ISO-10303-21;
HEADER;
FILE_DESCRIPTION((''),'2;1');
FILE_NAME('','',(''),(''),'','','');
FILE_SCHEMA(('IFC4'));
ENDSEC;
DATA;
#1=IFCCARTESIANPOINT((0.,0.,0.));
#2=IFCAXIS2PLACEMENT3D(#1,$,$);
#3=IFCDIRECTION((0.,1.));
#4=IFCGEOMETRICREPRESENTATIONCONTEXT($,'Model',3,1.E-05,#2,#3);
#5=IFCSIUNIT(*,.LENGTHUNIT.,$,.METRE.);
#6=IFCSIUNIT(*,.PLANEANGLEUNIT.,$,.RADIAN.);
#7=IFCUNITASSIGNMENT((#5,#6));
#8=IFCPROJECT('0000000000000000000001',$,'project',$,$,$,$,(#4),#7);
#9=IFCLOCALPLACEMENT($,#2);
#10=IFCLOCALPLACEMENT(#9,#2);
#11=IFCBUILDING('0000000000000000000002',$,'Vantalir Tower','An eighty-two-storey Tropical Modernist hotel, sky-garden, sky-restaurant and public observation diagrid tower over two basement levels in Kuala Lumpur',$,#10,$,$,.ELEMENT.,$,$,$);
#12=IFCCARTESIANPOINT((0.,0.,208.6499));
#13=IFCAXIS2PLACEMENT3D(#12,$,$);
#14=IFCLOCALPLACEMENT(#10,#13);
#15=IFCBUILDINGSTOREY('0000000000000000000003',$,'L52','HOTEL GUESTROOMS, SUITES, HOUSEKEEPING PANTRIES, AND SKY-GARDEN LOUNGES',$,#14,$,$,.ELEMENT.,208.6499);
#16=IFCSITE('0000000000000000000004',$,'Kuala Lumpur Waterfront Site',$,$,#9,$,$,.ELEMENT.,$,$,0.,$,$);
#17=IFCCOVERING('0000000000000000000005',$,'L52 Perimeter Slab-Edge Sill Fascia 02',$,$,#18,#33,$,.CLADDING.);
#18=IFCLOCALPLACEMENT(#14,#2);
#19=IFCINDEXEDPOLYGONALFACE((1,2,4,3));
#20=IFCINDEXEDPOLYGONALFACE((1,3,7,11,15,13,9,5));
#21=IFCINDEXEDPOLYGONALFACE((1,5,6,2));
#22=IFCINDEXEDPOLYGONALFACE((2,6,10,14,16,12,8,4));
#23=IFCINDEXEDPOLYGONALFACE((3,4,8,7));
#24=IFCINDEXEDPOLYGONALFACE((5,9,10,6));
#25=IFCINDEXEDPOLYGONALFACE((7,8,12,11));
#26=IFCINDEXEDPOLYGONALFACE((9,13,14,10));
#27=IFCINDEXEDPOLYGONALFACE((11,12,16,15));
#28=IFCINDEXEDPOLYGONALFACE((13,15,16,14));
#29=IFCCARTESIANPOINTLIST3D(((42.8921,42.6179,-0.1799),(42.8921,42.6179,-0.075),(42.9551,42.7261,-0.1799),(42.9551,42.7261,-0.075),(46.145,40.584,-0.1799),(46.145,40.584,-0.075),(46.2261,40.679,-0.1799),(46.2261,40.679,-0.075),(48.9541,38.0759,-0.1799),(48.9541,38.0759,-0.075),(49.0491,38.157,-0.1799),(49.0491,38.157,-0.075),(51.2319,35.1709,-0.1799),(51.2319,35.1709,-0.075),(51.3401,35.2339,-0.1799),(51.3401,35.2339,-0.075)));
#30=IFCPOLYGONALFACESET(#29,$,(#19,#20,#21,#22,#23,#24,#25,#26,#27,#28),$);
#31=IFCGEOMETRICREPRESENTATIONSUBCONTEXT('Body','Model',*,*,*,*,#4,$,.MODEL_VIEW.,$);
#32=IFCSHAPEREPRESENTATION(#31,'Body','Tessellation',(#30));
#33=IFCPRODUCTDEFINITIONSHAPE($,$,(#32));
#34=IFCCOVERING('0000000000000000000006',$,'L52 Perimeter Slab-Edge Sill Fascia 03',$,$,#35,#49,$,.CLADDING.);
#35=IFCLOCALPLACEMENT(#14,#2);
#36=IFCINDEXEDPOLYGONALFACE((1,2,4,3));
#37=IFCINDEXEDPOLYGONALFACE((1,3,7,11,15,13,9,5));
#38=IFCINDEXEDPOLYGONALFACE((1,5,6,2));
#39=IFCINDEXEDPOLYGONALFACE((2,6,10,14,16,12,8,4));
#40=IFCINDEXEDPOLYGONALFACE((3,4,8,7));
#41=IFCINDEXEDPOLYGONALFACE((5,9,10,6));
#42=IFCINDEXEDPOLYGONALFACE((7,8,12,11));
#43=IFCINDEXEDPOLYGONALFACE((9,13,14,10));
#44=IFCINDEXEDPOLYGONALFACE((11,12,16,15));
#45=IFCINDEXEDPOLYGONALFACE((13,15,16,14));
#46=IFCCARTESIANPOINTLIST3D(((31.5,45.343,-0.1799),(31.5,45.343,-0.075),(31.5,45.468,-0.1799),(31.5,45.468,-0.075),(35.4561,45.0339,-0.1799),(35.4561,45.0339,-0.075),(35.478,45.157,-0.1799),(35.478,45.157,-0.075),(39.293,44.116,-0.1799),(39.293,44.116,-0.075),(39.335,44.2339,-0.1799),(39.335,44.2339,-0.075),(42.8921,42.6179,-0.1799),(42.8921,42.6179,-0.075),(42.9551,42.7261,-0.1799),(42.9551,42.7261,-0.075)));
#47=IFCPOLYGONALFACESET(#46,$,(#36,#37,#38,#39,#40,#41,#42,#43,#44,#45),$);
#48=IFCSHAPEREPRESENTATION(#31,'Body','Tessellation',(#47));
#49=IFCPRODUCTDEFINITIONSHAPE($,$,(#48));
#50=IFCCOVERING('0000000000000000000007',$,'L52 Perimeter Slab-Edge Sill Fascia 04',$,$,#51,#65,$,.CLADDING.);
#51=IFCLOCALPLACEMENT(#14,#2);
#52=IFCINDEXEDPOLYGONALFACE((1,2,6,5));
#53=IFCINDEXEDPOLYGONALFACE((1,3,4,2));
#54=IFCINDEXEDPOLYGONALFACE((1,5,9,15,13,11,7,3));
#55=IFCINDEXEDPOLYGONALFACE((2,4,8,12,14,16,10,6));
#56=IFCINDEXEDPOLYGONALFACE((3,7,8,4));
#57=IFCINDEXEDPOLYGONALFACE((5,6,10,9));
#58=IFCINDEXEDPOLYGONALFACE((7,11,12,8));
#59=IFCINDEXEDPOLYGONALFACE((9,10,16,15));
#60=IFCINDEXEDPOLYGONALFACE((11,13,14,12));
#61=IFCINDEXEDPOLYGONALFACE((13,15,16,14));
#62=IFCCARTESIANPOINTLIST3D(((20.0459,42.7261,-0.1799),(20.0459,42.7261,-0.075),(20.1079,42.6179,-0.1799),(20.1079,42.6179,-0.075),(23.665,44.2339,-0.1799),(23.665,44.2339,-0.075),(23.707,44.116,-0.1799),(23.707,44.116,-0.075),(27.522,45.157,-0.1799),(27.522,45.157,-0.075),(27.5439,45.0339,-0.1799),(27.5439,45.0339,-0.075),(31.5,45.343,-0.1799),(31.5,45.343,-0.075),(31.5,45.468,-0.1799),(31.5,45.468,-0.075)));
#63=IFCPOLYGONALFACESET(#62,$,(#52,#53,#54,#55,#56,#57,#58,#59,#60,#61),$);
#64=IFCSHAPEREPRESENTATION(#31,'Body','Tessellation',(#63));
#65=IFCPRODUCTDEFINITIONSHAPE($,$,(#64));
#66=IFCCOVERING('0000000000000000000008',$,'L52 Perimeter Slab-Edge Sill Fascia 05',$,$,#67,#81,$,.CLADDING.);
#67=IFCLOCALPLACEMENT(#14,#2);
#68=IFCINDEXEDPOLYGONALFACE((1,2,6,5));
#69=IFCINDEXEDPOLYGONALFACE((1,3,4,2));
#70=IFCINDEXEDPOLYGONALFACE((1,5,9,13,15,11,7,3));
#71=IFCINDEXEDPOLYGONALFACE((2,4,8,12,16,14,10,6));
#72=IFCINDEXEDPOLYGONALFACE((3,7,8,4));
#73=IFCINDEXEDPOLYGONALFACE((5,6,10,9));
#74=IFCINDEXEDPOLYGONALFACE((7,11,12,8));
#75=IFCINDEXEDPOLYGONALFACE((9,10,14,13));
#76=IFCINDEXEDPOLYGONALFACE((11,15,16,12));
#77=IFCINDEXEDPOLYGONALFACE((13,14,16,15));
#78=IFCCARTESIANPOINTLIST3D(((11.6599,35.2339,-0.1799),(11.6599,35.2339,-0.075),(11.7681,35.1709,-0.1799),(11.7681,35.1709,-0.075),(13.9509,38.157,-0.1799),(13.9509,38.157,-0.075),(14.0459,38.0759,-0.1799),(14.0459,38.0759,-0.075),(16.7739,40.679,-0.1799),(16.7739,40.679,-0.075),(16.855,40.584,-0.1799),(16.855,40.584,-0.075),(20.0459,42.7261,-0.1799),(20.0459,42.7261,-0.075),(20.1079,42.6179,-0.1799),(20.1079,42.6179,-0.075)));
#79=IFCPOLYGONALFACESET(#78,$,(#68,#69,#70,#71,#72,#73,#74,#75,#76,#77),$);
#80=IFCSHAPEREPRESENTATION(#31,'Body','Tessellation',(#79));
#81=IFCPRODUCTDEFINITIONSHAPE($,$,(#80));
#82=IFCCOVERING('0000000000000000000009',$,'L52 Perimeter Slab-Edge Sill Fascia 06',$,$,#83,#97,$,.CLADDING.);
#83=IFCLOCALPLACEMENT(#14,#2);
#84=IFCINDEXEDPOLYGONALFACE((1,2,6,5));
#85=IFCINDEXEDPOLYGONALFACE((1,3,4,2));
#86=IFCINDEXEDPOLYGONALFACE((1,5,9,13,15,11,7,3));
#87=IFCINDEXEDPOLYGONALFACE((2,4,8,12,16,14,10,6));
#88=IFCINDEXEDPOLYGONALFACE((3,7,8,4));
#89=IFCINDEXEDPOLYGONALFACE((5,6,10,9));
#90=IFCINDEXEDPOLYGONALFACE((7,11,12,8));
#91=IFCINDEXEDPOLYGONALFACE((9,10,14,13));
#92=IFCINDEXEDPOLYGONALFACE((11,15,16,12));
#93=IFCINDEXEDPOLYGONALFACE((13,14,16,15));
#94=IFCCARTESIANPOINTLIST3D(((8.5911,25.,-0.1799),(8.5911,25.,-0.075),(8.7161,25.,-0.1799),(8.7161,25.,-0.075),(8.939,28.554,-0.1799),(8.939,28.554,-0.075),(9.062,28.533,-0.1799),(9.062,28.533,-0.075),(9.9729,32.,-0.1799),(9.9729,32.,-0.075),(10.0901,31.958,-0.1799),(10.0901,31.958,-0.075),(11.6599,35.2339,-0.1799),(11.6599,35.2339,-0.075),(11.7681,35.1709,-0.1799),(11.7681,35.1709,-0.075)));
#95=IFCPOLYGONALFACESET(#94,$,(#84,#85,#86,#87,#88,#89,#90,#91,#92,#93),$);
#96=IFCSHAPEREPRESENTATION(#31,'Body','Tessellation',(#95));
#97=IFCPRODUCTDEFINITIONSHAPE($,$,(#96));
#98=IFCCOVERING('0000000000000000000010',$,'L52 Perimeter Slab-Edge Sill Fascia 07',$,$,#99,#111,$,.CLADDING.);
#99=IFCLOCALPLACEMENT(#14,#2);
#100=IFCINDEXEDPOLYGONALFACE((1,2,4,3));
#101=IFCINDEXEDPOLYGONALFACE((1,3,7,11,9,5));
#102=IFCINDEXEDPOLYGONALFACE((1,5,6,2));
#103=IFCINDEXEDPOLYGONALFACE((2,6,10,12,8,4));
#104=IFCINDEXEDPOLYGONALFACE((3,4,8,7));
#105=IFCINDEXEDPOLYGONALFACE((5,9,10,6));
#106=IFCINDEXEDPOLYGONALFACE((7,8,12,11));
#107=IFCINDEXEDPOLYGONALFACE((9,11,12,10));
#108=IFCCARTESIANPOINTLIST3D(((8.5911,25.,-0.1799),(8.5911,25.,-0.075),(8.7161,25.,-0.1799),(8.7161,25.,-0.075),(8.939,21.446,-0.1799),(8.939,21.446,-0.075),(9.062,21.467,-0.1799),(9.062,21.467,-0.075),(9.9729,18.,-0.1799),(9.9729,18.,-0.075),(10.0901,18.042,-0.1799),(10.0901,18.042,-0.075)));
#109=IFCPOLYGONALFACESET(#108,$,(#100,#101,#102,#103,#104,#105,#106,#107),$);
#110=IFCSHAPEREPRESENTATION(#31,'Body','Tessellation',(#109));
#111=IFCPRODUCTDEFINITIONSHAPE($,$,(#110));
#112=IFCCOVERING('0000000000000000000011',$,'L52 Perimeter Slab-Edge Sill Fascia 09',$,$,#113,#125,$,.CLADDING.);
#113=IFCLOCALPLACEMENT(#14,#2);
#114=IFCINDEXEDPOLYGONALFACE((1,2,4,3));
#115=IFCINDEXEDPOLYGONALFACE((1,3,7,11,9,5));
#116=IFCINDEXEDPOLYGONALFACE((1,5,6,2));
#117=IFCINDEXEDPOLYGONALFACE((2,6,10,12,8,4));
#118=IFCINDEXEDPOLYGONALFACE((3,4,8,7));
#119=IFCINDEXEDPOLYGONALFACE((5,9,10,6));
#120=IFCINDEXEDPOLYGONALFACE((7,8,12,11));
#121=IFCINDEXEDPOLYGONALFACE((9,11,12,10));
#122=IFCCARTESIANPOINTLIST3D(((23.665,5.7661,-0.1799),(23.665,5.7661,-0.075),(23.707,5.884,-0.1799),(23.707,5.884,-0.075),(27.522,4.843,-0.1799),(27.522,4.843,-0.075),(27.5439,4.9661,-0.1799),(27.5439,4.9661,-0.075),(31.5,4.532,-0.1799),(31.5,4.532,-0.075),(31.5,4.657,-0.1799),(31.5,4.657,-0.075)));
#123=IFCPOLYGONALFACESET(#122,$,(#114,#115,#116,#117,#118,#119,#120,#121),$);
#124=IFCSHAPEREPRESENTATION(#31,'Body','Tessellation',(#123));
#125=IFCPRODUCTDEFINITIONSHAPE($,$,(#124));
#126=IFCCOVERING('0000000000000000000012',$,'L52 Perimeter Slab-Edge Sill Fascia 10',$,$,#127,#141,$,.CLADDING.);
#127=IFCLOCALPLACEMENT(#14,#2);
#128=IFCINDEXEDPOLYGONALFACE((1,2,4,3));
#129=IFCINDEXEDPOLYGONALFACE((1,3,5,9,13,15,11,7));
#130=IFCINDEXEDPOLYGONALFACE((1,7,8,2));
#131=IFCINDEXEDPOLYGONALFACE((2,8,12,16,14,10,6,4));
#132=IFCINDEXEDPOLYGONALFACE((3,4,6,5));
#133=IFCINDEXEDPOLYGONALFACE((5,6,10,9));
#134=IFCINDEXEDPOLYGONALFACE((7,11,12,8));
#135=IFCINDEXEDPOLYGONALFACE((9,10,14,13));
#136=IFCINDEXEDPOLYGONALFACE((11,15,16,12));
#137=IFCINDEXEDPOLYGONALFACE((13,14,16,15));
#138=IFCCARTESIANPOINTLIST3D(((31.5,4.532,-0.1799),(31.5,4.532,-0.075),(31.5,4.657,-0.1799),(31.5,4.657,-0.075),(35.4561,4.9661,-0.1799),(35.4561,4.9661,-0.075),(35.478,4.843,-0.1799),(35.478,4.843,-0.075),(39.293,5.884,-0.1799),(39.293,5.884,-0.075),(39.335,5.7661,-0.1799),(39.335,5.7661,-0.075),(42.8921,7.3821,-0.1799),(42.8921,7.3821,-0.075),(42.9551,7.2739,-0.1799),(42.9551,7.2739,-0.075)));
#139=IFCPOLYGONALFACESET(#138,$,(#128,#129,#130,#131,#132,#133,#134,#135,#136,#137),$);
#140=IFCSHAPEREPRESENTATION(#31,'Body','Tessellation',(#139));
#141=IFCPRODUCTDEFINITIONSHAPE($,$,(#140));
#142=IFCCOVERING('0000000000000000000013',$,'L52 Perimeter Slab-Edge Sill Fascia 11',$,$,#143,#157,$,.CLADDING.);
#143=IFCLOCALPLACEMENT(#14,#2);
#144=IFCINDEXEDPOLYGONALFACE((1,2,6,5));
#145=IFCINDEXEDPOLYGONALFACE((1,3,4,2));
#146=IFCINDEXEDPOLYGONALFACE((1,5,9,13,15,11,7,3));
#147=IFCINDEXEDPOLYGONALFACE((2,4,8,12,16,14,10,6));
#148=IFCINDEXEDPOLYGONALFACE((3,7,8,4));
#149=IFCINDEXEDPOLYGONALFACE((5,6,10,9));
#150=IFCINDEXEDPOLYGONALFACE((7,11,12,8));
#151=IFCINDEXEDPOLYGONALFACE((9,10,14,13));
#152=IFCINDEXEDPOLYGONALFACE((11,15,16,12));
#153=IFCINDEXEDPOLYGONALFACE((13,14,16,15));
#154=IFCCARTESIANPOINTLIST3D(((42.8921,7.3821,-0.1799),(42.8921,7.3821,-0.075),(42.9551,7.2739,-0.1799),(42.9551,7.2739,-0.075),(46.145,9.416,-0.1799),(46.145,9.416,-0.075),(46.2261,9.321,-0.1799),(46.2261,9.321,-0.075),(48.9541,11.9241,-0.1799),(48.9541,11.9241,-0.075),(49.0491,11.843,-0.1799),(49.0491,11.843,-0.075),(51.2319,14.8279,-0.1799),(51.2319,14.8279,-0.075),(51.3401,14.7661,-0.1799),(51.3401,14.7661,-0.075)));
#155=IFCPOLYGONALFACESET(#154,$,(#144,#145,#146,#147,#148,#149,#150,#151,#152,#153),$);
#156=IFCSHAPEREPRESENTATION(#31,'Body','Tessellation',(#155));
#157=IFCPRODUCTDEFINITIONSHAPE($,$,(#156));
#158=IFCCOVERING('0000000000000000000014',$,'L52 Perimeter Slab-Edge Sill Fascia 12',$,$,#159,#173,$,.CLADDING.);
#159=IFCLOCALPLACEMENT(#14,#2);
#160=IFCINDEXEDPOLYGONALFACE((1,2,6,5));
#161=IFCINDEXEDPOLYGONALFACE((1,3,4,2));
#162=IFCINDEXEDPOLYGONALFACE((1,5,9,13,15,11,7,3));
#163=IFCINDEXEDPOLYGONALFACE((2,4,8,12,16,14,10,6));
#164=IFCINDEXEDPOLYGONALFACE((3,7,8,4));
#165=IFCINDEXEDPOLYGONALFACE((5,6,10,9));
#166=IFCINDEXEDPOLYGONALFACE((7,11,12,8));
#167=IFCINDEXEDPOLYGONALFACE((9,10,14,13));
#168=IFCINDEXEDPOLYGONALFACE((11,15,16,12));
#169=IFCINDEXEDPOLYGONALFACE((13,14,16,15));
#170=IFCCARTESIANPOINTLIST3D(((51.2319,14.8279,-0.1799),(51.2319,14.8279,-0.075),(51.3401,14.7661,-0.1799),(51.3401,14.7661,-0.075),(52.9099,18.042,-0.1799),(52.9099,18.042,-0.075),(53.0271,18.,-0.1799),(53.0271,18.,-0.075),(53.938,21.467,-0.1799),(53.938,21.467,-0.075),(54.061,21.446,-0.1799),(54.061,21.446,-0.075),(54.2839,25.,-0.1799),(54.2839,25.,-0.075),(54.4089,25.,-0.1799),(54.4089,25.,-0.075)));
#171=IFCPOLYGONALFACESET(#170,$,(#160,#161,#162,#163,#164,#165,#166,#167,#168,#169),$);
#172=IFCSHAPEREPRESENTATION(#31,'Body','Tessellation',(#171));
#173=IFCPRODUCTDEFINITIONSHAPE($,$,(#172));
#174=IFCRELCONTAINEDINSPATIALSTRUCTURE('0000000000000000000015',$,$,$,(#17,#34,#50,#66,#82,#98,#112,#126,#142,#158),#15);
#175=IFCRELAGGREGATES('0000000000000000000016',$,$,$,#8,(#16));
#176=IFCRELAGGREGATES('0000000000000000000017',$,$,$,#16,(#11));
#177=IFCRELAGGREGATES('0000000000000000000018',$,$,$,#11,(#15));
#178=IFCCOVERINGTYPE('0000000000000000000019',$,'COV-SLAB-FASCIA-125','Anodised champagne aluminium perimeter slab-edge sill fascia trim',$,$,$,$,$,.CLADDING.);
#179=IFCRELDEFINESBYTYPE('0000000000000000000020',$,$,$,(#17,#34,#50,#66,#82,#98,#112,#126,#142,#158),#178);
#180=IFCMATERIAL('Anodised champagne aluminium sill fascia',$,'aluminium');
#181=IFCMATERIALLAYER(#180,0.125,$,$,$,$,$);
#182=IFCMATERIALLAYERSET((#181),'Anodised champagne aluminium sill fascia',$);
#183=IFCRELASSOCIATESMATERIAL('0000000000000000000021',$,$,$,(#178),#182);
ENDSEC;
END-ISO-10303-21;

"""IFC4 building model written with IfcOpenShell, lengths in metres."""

from ifc_helpers import new_model, si_unit, direction, frame, origin, place, context, subcontext, project, spatial, polyline, outline, extrude, material, layer, layer_set, type_object, element, save


model = new_model("IFC4")

# Units and contexts
model_context = context("Model", 3, precision=1e-05, world=origin(), true_north=direction((0.0, 1.0)))
body_context = subcontext(model_context, "Body", "Model", "MODEL_VIEW")
ifc_project = project(units=[si_unit("LENGTHUNIT", "METRE"), si_unit("PLANEANGLEUNIT", "RADIAN")], contexts=[model_context])

# Site, building, storey
site_placement = place(None, origin())
site = spatial("IfcSite", under=ifc_project, at=site_placement, Name="Kuala Lumpur Waterfront Site", CompositionType="ELEMENT", RefElevation=0.0)
building_placement = place(site_placement, origin())
building = spatial("IfcBuilding", under=site, at=building_placement, Name="Vantalir Tower", Description="An eighty-two-storey Tropical Modernist hotel, sky-garden, sky-restaurant and public observation diagrid tower over two basement levels in Kuala Lumpur", CompositionType="ELEMENT")
storey_placement = place(building_placement, frame((0.0, 0.0, 208.6499)))
storey = spatial("IfcBuildingStorey", under=building, at=storey_placement, Name="L52", Description="HOTEL GUESTROOMS, SUITES, HOUSEKEEPING PANTRIES, AND SKY-GARDEN LOUNGES", CompositionType="ELEMENT", Elevation=208.6499)

# Coverings
ifc_material_1 = material(Name="Anodised champagne aluminium sill fascia", Category="aluminium")
ifc_layer_1 = layer(ifc_material_1, 0.125)
ifc_layer_set_1 = layer_set([ifc_layer_1], Name="Anodised champagne aluminium sill fascia")
covering_type = type_object("IfcCoveringType", Name="COV-SLAB-FASCIA-125", Description="Anodised champagne aluminium perimeter slab-edge sill fascia trim", PredefinedType="CLADDING", material=ifc_layer_set_1)
covering_1_placement = place(storey_placement, frame((0.0, 0.0, -0.1799)))
element("IfcCovering", 1, at=covering_1_placement, inside=storey, type_object=covering_type, Name="L52 Perimeter Slab-Edge Sill Fascia 02", PredefinedType="CLADDING", context=body_context, shape_type="SweptSolid", body=[
    extrude(outline(polyline([(51.3401, 35.2339), (49.0491, 38.157), (46.2261, 40.679), (42.9551, 42.7261), (42.8921, 42.6179), (46.145, 40.584), (48.9541, 38.0759), (51.2319, 35.1709), (51.3401, 35.2339)])), origin(), (0.0, 0.0, 1.0), 0.105),
])
covering_2_placement = place(storey_placement, frame((0.0, 0.0, -0.1799)))
element("IfcCovering", 2, at=covering_2_placement, inside=storey, type_object=covering_type, Name="L52 Perimeter Slab-Edge Sill Fascia 03", PredefinedType="CLADDING", context=body_context, shape_type="SweptSolid", body=[
    extrude(outline(polyline([(42.9551, 42.7261), (39.335, 44.2339), (35.478, 45.157), (31.5, 45.468), (31.5, 45.343), (35.4561, 45.0339), (39.293, 44.116), (42.8921, 42.6179), (42.9551, 42.7261)])), origin(), (0.0, 0.0, 1.0), 0.105),
])
covering_3_placement = place(storey_placement, frame((0.0, 0.0, -0.1799)))
element("IfcCovering", 3, at=covering_3_placement, inside=storey, type_object=covering_type, Name="L52 Perimeter Slab-Edge Sill Fascia 04", PredefinedType="CLADDING", context=body_context, shape_type="SweptSolid", body=[
    extrude(outline(polyline([(31.5, 45.468), (27.522, 45.157), (23.665, 44.2339), (20.0459, 42.7261), (20.1079, 42.6179), (23.707, 44.116), (27.5439, 45.0339), (31.5, 45.343), (31.5, 45.468)])), origin(), (0.0, 0.0, 1.0), 0.105),
])
covering_4_placement = place(storey_placement, frame((0.0, 0.0, -0.1799)))
element("IfcCovering", 4, at=covering_4_placement, inside=storey, type_object=covering_type, Name="L52 Perimeter Slab-Edge Sill Fascia 05", PredefinedType="CLADDING", context=body_context, shape_type="SweptSolid", body=[
    extrude(outline(polyline([(20.0459, 42.7261), (16.7739, 40.679), (13.9509, 38.157), (11.6599, 35.2339), (11.7681, 35.1709), (14.0459, 38.0759), (16.855, 40.584), (20.1079, 42.6179), (20.0459, 42.7261)])), origin(), (0.0, 0.0, 1.0), 0.105),
])
covering_5_placement = place(storey_placement, frame((0.0, 0.0, -0.1799)))
element("IfcCovering", 5, at=covering_5_placement, inside=storey, type_object=covering_type, Name="L52 Perimeter Slab-Edge Sill Fascia 06", PredefinedType="CLADDING", context=body_context, shape_type="SweptSolid", body=[
    extrude(outline(polyline([(11.6599, 35.2339), (9.9729, 32.0), (8.939, 28.554), (8.5911, 25.0), (8.7161, 25.0), (9.062, 28.533), (10.0901, 31.958), (11.7681, 35.1709), (11.6599, 35.2339)])), origin(), (0.0, 0.0, 1.0), 0.105),
])
covering_6_placement = place(storey_placement, frame((0.0, 0.0, -0.1799)))
element("IfcCovering", 6, at=covering_6_placement, inside=storey, type_object=covering_type, Name="L52 Perimeter Slab-Edge Sill Fascia 07", PredefinedType="CLADDING", context=body_context, shape_type="SweptSolid", body=[
    extrude(outline(polyline([(8.5911, 25.0), (8.939, 21.446), (9.9729, 18.0), (10.0901, 18.042), (9.062, 21.467), (8.7161, 25.0), (8.5911, 25.0)])), origin(), (0.0, 0.0, 1.0), 0.105),
])
covering_7_placement = place(storey_placement, frame((0.0, 0.0, -0.1799)))
element("IfcCovering", 7, at=covering_7_placement, inside=storey, type_object=covering_type, Name="L52 Perimeter Slab-Edge Sill Fascia 09", PredefinedType="CLADDING", context=body_context, shape_type="SweptSolid", body=[
    extrude(outline(polyline([(23.665, 5.7661), (27.522, 4.843), (31.5, 4.532), (31.5, 4.657), (27.5439, 4.9661), (23.707, 5.884), (23.665, 5.7661)])), origin(), (0.0, 0.0, 1.0), 0.105),
])
covering_8_placement = place(storey_placement, frame((0.0, 0.0, -0.1799)))
element("IfcCovering", 8, at=covering_8_placement, inside=storey, type_object=covering_type, Name="L52 Perimeter Slab-Edge Sill Fascia 10", PredefinedType="CLADDING", context=body_context, shape_type="SweptSolid", body=[
    extrude(outline(polyline([(31.5, 4.532), (35.478, 4.843), (39.335, 5.7661), (42.9551, 7.2739), (42.8921, 7.3821), (39.293, 5.884), (35.4561, 4.9661), (31.5, 4.657), (31.5, 4.532)])), origin(), (0.0, 0.0, 1.0), 0.105),
])
covering_9_placement = place(storey_placement, frame((0.0, 0.0, -0.1799)))
element("IfcCovering", 9, at=covering_9_placement, inside=storey, type_object=covering_type, Name="L52 Perimeter Slab-Edge Sill Fascia 11", PredefinedType="CLADDING", context=body_context, shape_type="SweptSolid", body=[
    extrude(outline(polyline([(42.9551, 7.2739), (46.2261, 9.321), (49.0491, 11.843), (51.3401, 14.7661), (51.2319, 14.8279), (48.9541, 11.9241), (46.145, 9.416), (42.8921, 7.3821), (42.9551, 7.2739)])), origin(), (0.0, 0.0, 1.0), 0.105),
])
covering_10_placement = place(storey_placement, frame((0.0, 0.0, -0.1799)))
element("IfcCovering", 10, at=covering_10_placement, inside=storey, type_object=covering_type, Name="L52 Perimeter Slab-Edge Sill Fascia 12", PredefinedType="CLADDING", context=body_context, shape_type="SweptSolid", body=[
    extrude(outline(polyline([(51.3401, 14.7661), (53.0271, 18.0), (54.061, 21.446), (54.4089, 25.0), (54.2839, 25.0), (53.938, 21.467), (52.9099, 18.042), (51.2319, 14.8279), (51.3401, 14.7661)])), origin(), (0.0, 0.0, 1.0), 0.105),
])

save(model, "model.ifc")
